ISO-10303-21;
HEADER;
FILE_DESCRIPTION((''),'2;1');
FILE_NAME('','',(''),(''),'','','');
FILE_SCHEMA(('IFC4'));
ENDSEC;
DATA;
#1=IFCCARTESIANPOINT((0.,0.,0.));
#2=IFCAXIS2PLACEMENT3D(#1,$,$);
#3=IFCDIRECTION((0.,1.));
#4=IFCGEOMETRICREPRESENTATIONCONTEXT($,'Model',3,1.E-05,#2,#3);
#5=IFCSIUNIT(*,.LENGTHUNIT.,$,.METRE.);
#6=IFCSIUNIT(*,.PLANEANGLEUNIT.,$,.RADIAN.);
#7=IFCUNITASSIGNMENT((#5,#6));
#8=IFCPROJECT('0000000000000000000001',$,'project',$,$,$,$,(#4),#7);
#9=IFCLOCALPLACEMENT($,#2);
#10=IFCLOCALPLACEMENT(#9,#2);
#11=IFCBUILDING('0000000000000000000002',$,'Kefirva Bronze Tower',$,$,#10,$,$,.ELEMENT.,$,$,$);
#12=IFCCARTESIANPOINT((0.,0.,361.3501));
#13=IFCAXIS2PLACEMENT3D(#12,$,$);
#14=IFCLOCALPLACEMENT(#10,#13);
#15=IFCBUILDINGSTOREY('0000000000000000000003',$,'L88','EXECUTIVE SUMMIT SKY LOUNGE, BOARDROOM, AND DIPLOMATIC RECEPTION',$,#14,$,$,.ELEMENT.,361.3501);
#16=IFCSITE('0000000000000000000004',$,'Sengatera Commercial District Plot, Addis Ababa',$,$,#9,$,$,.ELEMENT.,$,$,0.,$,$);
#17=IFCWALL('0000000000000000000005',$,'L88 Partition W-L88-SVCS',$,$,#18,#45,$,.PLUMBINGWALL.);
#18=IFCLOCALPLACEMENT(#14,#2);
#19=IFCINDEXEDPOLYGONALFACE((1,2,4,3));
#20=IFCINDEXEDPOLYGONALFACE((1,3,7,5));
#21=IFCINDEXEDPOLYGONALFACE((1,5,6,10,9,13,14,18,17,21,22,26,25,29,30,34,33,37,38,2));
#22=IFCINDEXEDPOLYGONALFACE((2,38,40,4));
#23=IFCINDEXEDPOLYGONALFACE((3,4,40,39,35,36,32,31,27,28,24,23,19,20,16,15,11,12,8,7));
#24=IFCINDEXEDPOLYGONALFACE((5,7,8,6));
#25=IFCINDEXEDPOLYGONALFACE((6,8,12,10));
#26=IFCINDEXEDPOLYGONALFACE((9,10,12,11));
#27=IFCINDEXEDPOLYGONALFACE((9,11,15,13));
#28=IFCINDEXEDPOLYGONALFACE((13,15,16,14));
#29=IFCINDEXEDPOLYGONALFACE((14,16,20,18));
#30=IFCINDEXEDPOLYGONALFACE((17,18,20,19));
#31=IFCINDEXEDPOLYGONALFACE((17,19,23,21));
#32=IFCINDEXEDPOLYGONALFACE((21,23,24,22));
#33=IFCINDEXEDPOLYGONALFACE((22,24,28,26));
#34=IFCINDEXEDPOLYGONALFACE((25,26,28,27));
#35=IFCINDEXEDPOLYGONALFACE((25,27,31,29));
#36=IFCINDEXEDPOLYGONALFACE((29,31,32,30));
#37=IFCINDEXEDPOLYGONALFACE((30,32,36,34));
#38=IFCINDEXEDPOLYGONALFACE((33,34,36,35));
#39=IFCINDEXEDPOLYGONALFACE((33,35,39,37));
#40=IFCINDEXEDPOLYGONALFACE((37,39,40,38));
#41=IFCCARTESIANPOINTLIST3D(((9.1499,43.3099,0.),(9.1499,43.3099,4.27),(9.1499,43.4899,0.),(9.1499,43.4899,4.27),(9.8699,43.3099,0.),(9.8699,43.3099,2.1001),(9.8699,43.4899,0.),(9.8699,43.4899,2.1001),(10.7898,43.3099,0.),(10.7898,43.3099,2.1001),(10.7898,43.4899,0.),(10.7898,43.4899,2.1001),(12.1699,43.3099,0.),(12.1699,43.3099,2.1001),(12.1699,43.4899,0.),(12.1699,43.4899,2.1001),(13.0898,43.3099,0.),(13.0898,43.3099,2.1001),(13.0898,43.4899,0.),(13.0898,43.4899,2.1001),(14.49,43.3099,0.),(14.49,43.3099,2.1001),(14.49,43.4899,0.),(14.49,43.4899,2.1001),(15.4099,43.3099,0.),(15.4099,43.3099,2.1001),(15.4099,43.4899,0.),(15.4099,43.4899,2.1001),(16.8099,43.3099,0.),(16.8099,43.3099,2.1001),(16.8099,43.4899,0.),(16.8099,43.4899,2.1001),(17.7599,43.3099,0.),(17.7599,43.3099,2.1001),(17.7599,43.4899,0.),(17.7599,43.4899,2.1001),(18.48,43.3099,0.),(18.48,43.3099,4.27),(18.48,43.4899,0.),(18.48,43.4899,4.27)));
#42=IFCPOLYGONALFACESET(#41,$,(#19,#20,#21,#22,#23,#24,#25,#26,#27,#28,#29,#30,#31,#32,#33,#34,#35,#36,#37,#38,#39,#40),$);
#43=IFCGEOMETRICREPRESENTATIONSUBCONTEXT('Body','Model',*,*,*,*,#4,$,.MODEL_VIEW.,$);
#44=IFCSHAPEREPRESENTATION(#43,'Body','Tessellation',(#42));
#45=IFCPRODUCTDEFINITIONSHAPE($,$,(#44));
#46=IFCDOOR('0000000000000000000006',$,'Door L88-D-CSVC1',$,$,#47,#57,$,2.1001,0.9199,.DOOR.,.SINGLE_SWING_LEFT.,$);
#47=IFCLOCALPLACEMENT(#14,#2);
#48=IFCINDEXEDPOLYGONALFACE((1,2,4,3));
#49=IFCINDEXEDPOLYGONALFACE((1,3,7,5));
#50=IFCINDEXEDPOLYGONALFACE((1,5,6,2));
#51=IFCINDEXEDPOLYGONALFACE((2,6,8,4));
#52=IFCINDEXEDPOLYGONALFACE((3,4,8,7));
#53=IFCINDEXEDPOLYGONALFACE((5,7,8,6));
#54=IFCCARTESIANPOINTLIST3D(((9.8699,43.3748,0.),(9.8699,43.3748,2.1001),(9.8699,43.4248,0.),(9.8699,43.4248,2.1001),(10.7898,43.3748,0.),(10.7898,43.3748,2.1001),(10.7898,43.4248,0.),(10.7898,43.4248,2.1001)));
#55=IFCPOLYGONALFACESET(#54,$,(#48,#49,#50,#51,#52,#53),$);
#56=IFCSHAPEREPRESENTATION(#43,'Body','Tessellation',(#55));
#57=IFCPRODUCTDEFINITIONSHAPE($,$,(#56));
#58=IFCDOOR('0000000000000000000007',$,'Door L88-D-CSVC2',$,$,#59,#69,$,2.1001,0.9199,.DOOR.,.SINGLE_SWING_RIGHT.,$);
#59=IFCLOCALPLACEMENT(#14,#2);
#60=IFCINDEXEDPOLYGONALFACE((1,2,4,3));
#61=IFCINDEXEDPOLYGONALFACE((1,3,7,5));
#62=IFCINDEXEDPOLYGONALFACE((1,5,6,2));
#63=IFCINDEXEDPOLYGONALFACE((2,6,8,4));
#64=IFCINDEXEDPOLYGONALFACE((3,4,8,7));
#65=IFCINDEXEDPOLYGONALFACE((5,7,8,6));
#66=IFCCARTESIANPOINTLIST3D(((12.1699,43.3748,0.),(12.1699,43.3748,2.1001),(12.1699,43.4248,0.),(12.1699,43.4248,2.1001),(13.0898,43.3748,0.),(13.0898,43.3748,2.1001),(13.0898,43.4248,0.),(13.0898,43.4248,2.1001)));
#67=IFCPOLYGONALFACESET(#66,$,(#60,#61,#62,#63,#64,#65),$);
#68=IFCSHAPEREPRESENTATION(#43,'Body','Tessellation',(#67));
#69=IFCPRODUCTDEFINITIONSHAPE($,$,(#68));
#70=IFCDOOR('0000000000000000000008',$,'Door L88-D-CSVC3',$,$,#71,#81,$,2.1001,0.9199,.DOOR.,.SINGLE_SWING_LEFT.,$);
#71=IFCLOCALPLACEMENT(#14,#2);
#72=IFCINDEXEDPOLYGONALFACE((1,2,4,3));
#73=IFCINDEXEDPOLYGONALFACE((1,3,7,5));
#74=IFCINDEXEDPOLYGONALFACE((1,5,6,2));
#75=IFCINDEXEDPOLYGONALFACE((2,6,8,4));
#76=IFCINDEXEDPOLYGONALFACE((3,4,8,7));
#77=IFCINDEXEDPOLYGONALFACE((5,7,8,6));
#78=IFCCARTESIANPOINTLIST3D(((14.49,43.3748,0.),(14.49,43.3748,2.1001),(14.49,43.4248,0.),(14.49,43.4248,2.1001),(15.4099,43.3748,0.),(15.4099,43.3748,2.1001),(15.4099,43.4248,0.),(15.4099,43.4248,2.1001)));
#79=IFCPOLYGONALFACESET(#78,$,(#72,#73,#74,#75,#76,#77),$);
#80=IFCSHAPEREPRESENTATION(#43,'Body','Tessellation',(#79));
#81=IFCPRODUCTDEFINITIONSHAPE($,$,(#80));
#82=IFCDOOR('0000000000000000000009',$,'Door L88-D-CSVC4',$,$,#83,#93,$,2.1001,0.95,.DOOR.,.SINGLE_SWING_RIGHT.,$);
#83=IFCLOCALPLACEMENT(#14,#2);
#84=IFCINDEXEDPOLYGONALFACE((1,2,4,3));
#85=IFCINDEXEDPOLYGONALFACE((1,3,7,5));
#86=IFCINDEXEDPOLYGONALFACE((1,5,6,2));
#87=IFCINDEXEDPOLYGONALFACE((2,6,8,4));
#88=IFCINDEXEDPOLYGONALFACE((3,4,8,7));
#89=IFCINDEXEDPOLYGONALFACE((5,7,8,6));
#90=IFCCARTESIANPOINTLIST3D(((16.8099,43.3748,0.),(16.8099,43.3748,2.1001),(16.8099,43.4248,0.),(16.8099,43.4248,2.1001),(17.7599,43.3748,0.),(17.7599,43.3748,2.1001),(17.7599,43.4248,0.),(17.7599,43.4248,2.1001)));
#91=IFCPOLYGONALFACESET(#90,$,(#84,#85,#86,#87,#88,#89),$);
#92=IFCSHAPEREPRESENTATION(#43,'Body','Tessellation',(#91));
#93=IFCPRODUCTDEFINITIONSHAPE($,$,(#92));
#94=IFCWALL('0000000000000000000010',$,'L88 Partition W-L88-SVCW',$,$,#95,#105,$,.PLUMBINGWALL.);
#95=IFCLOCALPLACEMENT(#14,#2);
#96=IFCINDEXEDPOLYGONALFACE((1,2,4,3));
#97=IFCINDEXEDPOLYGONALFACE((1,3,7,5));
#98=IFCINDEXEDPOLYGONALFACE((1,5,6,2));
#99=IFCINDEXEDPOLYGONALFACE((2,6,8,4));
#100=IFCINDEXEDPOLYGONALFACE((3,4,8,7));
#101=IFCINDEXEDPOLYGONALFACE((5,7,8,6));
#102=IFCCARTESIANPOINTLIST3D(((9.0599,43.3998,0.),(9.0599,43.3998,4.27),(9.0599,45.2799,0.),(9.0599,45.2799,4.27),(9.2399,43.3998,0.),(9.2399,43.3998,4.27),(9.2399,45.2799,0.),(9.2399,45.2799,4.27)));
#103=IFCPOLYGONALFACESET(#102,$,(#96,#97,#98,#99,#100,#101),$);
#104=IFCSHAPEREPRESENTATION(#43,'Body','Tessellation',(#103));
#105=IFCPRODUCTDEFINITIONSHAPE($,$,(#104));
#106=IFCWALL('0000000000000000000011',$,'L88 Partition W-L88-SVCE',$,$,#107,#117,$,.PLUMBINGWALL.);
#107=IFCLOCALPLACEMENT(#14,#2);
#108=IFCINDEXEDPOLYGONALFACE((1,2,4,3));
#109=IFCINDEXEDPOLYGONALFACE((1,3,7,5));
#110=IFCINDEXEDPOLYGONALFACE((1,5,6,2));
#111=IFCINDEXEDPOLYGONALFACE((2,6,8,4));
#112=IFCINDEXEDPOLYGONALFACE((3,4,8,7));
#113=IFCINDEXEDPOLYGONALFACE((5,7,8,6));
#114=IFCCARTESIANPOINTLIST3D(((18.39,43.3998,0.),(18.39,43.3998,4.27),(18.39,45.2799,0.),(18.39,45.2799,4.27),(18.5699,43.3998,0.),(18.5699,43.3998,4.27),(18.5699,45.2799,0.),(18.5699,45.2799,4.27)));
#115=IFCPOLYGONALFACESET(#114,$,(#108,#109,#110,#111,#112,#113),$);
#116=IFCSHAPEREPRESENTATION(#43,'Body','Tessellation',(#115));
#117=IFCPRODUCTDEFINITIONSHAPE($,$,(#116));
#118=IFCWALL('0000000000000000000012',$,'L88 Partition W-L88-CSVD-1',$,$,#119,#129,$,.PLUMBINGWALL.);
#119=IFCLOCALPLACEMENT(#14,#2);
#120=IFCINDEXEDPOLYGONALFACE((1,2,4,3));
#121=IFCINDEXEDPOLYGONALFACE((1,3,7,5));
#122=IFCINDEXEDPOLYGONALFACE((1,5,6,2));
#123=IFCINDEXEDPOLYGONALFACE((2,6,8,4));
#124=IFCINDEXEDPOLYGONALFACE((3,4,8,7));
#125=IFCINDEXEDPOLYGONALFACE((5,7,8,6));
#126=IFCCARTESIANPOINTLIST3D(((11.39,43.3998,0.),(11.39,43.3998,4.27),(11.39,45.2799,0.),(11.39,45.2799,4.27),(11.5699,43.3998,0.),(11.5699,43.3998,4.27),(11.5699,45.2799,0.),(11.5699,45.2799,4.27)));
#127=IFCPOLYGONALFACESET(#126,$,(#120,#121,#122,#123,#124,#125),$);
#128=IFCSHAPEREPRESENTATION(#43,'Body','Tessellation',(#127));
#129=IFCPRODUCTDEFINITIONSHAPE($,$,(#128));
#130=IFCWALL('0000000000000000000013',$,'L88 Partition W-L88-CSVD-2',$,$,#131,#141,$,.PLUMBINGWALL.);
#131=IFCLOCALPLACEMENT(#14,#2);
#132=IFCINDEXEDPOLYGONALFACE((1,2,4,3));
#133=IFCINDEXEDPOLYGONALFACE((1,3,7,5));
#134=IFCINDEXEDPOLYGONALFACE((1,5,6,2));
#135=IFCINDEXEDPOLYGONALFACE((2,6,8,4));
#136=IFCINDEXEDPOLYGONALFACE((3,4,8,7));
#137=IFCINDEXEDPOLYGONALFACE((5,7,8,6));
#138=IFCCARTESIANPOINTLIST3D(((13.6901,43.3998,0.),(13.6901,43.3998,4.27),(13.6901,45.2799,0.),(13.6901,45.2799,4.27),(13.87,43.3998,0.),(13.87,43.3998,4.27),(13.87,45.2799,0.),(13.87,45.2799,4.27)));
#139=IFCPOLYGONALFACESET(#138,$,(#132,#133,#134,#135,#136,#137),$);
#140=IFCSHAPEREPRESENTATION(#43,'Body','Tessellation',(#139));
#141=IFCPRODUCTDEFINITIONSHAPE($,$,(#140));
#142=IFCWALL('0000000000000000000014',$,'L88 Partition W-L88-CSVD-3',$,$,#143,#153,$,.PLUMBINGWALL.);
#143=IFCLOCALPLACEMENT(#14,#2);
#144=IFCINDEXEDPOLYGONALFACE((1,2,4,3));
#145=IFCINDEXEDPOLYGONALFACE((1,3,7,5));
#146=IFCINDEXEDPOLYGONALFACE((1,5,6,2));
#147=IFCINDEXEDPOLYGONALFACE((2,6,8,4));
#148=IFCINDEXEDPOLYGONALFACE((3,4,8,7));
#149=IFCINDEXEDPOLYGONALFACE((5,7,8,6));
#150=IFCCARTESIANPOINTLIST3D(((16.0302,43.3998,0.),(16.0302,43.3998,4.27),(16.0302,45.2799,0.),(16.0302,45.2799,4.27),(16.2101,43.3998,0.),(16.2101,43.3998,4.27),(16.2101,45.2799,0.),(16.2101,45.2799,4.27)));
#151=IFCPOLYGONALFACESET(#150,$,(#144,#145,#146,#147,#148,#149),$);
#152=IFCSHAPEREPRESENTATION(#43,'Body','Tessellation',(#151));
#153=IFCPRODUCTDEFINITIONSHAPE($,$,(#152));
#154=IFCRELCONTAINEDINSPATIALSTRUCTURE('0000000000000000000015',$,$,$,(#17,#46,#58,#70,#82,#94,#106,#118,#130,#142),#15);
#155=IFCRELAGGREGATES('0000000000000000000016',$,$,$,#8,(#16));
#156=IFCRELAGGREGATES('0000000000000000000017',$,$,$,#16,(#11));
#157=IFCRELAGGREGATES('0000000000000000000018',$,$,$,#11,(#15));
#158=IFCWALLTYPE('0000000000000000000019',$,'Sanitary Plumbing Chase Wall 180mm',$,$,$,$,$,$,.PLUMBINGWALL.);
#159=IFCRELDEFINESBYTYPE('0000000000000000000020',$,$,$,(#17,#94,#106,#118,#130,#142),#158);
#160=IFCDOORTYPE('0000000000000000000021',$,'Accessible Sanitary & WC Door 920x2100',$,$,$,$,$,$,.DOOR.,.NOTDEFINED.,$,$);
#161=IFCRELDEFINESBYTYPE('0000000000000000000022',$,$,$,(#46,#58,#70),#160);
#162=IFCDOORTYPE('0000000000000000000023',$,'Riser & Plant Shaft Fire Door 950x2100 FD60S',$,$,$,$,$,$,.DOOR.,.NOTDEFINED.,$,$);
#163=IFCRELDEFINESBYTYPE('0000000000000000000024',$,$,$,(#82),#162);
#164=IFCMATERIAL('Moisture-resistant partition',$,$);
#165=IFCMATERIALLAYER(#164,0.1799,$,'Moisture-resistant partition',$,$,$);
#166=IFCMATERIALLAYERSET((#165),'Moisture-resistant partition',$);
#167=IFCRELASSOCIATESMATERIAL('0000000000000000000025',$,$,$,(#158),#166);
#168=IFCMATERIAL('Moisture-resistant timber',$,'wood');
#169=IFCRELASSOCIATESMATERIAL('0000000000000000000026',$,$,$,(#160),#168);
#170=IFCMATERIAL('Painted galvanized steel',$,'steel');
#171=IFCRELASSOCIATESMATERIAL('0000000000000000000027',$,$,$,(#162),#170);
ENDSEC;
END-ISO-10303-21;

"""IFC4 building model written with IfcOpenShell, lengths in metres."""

from ifc_helpers import new_model, si_unit, direction, frame, frame_2d, origin, place, context, subcontext, project, spatial, rectangle, extrude, material, layer, layer_set, type_object, element, fill, save


model = new_model("IFC4")

# Units and contexts
model_context = context("Model", 3, precision=1e-05, world=origin(), true_north=direction((0.0, 1.0)))
body_context = subcontext(model_context, "Body", "Model", "MODEL_VIEW")
ifc_project = project(units=[si_unit("LENGTHUNIT", "METRE"), si_unit("PLANEANGLEUNIT", "RADIAN")], contexts=[model_context])

# Site, building, storey
site_placement = place(None, origin())
site = spatial("IfcSite", under=ifc_project, at=site_placement, Name="Sengatera Commercial District Plot, Addis Ababa", CompositionType="ELEMENT", RefElevation=0.0)
building_placement = place(site_placement, origin())
building = spatial("IfcBuilding", under=site, at=building_placement, Name="Kefirva Bronze Tower", CompositionType="ELEMENT")
storey_placement = place(building_placement, frame((0.0, 0.0, 361.3501)))
storey = spatial("IfcBuildingStorey", under=building, at=storey_placement, Name="L88", Description="EXECUTIVE SUMMIT SKY LOUNGE, BOARDROOM, AND DIPLOMATIC RECEPTION", CompositionType="ELEMENT", Elevation=361.3501)

# Wall, openings, doors
ifc_material_1 = material(Name="Moisture-resistant partition")
ifc_layer_1 = layer(ifc_material_1, 0.1799, Name="Moisture-resistant partition")
ifc_layer_set_1 = layer_set([ifc_layer_1], Name="Moisture-resistant partition")
wall_type_1 = type_object("IfcWallType", Name="Sanitary Plumbing Chase Wall 180mm", PredefinedType="PLUMBINGWALL", material=ifc_layer_set_1)
wall_1_placement = place(storey_placement, frame((9.1499, 43.3999, 0.0), z_axis=(0.0, 0.0, 1.0), x_axis=(1.0, 0.0, 0.0)))
wall_1 = element("IfcWall", 1, at=wall_1_placement, inside=storey, type_object=wall_type_1, Name="L88 Partition W-L88-SVCS", PredefinedType="PLUMBINGWALL", context=body_context, shape_type="SweptSolid", body=[
    extrude(rectangle(XDim=9.3301, YDim=0.1799, at=frame_2d((4.665, 0.0))), origin(), (0.0, 0.0, 1.0), 4.27),
])
opening_1_placement = place(wall_1_placement, frame((0.72, 0.0, 0.0)))
opening_1 = element("IfcOpeningElement", 2, at=opening_1_placement, cuts=wall_1, PredefinedType="OPENING", context=body_context, shape_type="SweptSolid", body=[
    extrude(rectangle(XDim=0.9199, YDim=2.1001, at=frame_2d((0.46, 1.05))), frame((0.0, 0.1001, 0.0), z_axis=(0.0, -1.0, 0.0), x_axis=(1.0, 0.0, 0.0)), (0.0, 0.0, 1.0), 0.2),
])
opening_2_placement = place(wall_1_placement, frame((3.02, 0.0, 0.0)))
opening_2 = element("IfcOpeningElement", 3, at=opening_2_placement, cuts=wall_1, PredefinedType="OPENING", context=body_context, shape_type="SweptSolid", body=[
    extrude(rectangle(XDim=0.9199, YDim=2.1001, at=frame_2d((0.46, 1.05))), frame((0.0, 0.1001, 0.0), z_axis=(0.0, -1.0, 0.0), x_axis=(1.0, 0.0, 0.0)), (0.0, 0.0, 1.0), 0.2),
])
opening_3_placement = place(wall_1_placement, frame((5.3401, 0.0, 0.0)))
opening_3 = element("IfcOpeningElement", 4, at=opening_3_placement, cuts=wall_1, PredefinedType="OPENING", context=body_context, shape_type="SweptSolid", body=[
    extrude(rectangle(XDim=0.9199, YDim=2.1001, at=frame_2d((0.46, 1.05))), frame((0.0, 0.1001, 0.0), z_axis=(0.0, -1.0, 0.0), x_axis=(1.0, 0.0, 0.0)), (0.0, 0.0, 1.0), 0.2),
])
opening_4_placement = place(wall_1_placement, frame((7.6599, 0.0, 0.0)))
opening_4 = element("IfcOpeningElement", 5, at=opening_4_placement, cuts=wall_1, PredefinedType="OPENING", context=body_context, shape_type="SweptSolid", body=[
    extrude(rectangle(XDim=0.95, YDim=2.1001, at=frame_2d((0.4751, 1.05))), frame((0.0, 0.1001, 0.0), z_axis=(0.0, -1.0, 0.0), x_axis=(1.0, 0.0, 0.0)), (0.0, 0.0, 1.0), 0.2),
])
ifc_material_2 = material(Name="Moisture-resistant timber", Category="wood")
door_type_1 = type_object("IfcDoorType", Name="Accessible Sanitary & WC Door 920x2100", OperationType="NOTDEFINED", PredefinedType="DOOR", material=ifc_material_2)
door_1_placement = place(opening_1_placement, origin())
door_1 = element("IfcDoor", 6, at=door_1_placement, inside=storey, type_object=door_type_1, Name="Door L88-D-CSVC1", OperationType="SINGLE_SWING_LEFT", OverallHeight=2.1001, OverallWidth=0.9199, PredefinedType="DOOR", context=body_context, shape_type="SweptSolid", body=[
    extrude(rectangle(XDim=0.9199, YDim=2.1001, at=frame_2d((0.46, 1.05))), frame((0.0, 0.0249, 0.0), z_axis=(0.0, -1.0, 0.0), x_axis=(1.0, 0.0, 0.0)), (0.0, 0.0, 1.0), 0.05),
])
fill(opening_1, door_1)
door_2_placement = place(opening_2_placement, origin())
door_2 = element("IfcDoor", 7, at=door_2_placement, inside=storey, type_object=door_type_1, Name="Door L88-D-CSVC2", OperationType="SINGLE_SWING_RIGHT", OverallHeight=2.1001, OverallWidth=0.9199, PredefinedType="DOOR", context=body_context, shape_type="SweptSolid", body=[
    extrude(rectangle(XDim=0.9199, YDim=2.1001, at=frame_2d((0.46, 1.05))), frame((0.0, 0.0249, 0.0), z_axis=(0.0, -1.0, 0.0), x_axis=(1.0, 0.0, 0.0)), (0.0, 0.0, 1.0), 0.05),
])
fill(opening_2, door_2)
door_3_placement = place(opening_3_placement, origin())
door_3 = element("IfcDoor", 8, at=door_3_placement, inside=storey, type_object=door_type_1, Name="Door L88-D-CSVC3", OperationType="SINGLE_SWING_LEFT", OverallHeight=2.1001, OverallWidth=0.9199, PredefinedType="DOOR", context=body_context, shape_type="SweptSolid", body=[
    extrude(rectangle(XDim=0.9199, YDim=2.1001, at=frame_2d((0.46, 1.05))), frame((0.0, 0.0249, 0.0), z_axis=(0.0, -1.0, 0.0), x_axis=(1.0, 0.0, 0.0)), (0.0, 0.0, 1.0), 0.05),
])
fill(opening_3, door_3)
ifc_material_3 = material(Name="Painted galvanized steel", Category="steel")
door_type_2 = type_object("IfcDoorType", Name="Riser & Plant Shaft Fire Door 950x2100 FD60S", OperationType="NOTDEFINED", PredefinedType="DOOR", material=ifc_material_3)
door_4_placement = place(opening_4_placement, origin())
door_4 = element("IfcDoor", 9, at=door_4_placement, inside=storey, type_object=door_type_2, Name="Door L88-D-CSVC4", OperationType="SINGLE_SWING_RIGHT", OverallHeight=2.1001, OverallWidth=0.95, PredefinedType="DOOR", context=body_context, shape_type="SweptSolid", body=[
    extrude(rectangle(XDim=0.95, YDim=2.1001, at=frame_2d((0.4751, 1.05))), frame((0.0, 0.0249, 0.0), z_axis=(0.0, -1.0, 0.0), x_axis=(1.0, 0.0, 0.0)), (0.0, 0.0, 1.0), 0.05),
])
fill(opening_4, door_4)

# Walls
for number, where, z_axis, x_axis, name in (
    (10, (9.1499, 43.3999, 0.0), (0.0, 0.0, 1.0), (0.0, 1.0, 0.0), "L88 Partition W-L88-SVCW"),
    (11, (18.48, 43.3999, 0.0), (0.0, 0.0, 1.0), (0.0, 1.0, 0.0), "L88 Partition W-L88-SVCE"),
    (12, (11.48, 43.3999, 0.0), (0.0, 0.0, 1.0), (0.0, 1.0, 0.0), "L88 Partition W-L88-CSVD-1"),
    (13, (13.78, 43.3999, 0.0), (0.0, 0.0, 1.0), (0.0, 1.0, 0.0), "L88 Partition W-L88-CSVD-2"),
    (14, (16.1201, 43.3999, 0.0), (0.0, 0.0, 1.0), (0.0, 1.0, 0.0), "L88 Partition W-L88-CSVD-3"),
):
    element("IfcWall", number, at=place(storey_placement, frame(where, z_axis=z_axis, x_axis=x_axis)), inside=storey, type_object=wall_type_1, Name=name, PredefinedType="PLUMBINGWALL", context=body_context, shape_type="SweptSolid", body=[
        extrude(rectangle(XDim=1.8801, YDim=0.1799, at=frame_2d((0.9399, 0.0))), origin(), (0.0, 0.0, 1.0), 4.27),
    ])

save(model, "model.ifc")
